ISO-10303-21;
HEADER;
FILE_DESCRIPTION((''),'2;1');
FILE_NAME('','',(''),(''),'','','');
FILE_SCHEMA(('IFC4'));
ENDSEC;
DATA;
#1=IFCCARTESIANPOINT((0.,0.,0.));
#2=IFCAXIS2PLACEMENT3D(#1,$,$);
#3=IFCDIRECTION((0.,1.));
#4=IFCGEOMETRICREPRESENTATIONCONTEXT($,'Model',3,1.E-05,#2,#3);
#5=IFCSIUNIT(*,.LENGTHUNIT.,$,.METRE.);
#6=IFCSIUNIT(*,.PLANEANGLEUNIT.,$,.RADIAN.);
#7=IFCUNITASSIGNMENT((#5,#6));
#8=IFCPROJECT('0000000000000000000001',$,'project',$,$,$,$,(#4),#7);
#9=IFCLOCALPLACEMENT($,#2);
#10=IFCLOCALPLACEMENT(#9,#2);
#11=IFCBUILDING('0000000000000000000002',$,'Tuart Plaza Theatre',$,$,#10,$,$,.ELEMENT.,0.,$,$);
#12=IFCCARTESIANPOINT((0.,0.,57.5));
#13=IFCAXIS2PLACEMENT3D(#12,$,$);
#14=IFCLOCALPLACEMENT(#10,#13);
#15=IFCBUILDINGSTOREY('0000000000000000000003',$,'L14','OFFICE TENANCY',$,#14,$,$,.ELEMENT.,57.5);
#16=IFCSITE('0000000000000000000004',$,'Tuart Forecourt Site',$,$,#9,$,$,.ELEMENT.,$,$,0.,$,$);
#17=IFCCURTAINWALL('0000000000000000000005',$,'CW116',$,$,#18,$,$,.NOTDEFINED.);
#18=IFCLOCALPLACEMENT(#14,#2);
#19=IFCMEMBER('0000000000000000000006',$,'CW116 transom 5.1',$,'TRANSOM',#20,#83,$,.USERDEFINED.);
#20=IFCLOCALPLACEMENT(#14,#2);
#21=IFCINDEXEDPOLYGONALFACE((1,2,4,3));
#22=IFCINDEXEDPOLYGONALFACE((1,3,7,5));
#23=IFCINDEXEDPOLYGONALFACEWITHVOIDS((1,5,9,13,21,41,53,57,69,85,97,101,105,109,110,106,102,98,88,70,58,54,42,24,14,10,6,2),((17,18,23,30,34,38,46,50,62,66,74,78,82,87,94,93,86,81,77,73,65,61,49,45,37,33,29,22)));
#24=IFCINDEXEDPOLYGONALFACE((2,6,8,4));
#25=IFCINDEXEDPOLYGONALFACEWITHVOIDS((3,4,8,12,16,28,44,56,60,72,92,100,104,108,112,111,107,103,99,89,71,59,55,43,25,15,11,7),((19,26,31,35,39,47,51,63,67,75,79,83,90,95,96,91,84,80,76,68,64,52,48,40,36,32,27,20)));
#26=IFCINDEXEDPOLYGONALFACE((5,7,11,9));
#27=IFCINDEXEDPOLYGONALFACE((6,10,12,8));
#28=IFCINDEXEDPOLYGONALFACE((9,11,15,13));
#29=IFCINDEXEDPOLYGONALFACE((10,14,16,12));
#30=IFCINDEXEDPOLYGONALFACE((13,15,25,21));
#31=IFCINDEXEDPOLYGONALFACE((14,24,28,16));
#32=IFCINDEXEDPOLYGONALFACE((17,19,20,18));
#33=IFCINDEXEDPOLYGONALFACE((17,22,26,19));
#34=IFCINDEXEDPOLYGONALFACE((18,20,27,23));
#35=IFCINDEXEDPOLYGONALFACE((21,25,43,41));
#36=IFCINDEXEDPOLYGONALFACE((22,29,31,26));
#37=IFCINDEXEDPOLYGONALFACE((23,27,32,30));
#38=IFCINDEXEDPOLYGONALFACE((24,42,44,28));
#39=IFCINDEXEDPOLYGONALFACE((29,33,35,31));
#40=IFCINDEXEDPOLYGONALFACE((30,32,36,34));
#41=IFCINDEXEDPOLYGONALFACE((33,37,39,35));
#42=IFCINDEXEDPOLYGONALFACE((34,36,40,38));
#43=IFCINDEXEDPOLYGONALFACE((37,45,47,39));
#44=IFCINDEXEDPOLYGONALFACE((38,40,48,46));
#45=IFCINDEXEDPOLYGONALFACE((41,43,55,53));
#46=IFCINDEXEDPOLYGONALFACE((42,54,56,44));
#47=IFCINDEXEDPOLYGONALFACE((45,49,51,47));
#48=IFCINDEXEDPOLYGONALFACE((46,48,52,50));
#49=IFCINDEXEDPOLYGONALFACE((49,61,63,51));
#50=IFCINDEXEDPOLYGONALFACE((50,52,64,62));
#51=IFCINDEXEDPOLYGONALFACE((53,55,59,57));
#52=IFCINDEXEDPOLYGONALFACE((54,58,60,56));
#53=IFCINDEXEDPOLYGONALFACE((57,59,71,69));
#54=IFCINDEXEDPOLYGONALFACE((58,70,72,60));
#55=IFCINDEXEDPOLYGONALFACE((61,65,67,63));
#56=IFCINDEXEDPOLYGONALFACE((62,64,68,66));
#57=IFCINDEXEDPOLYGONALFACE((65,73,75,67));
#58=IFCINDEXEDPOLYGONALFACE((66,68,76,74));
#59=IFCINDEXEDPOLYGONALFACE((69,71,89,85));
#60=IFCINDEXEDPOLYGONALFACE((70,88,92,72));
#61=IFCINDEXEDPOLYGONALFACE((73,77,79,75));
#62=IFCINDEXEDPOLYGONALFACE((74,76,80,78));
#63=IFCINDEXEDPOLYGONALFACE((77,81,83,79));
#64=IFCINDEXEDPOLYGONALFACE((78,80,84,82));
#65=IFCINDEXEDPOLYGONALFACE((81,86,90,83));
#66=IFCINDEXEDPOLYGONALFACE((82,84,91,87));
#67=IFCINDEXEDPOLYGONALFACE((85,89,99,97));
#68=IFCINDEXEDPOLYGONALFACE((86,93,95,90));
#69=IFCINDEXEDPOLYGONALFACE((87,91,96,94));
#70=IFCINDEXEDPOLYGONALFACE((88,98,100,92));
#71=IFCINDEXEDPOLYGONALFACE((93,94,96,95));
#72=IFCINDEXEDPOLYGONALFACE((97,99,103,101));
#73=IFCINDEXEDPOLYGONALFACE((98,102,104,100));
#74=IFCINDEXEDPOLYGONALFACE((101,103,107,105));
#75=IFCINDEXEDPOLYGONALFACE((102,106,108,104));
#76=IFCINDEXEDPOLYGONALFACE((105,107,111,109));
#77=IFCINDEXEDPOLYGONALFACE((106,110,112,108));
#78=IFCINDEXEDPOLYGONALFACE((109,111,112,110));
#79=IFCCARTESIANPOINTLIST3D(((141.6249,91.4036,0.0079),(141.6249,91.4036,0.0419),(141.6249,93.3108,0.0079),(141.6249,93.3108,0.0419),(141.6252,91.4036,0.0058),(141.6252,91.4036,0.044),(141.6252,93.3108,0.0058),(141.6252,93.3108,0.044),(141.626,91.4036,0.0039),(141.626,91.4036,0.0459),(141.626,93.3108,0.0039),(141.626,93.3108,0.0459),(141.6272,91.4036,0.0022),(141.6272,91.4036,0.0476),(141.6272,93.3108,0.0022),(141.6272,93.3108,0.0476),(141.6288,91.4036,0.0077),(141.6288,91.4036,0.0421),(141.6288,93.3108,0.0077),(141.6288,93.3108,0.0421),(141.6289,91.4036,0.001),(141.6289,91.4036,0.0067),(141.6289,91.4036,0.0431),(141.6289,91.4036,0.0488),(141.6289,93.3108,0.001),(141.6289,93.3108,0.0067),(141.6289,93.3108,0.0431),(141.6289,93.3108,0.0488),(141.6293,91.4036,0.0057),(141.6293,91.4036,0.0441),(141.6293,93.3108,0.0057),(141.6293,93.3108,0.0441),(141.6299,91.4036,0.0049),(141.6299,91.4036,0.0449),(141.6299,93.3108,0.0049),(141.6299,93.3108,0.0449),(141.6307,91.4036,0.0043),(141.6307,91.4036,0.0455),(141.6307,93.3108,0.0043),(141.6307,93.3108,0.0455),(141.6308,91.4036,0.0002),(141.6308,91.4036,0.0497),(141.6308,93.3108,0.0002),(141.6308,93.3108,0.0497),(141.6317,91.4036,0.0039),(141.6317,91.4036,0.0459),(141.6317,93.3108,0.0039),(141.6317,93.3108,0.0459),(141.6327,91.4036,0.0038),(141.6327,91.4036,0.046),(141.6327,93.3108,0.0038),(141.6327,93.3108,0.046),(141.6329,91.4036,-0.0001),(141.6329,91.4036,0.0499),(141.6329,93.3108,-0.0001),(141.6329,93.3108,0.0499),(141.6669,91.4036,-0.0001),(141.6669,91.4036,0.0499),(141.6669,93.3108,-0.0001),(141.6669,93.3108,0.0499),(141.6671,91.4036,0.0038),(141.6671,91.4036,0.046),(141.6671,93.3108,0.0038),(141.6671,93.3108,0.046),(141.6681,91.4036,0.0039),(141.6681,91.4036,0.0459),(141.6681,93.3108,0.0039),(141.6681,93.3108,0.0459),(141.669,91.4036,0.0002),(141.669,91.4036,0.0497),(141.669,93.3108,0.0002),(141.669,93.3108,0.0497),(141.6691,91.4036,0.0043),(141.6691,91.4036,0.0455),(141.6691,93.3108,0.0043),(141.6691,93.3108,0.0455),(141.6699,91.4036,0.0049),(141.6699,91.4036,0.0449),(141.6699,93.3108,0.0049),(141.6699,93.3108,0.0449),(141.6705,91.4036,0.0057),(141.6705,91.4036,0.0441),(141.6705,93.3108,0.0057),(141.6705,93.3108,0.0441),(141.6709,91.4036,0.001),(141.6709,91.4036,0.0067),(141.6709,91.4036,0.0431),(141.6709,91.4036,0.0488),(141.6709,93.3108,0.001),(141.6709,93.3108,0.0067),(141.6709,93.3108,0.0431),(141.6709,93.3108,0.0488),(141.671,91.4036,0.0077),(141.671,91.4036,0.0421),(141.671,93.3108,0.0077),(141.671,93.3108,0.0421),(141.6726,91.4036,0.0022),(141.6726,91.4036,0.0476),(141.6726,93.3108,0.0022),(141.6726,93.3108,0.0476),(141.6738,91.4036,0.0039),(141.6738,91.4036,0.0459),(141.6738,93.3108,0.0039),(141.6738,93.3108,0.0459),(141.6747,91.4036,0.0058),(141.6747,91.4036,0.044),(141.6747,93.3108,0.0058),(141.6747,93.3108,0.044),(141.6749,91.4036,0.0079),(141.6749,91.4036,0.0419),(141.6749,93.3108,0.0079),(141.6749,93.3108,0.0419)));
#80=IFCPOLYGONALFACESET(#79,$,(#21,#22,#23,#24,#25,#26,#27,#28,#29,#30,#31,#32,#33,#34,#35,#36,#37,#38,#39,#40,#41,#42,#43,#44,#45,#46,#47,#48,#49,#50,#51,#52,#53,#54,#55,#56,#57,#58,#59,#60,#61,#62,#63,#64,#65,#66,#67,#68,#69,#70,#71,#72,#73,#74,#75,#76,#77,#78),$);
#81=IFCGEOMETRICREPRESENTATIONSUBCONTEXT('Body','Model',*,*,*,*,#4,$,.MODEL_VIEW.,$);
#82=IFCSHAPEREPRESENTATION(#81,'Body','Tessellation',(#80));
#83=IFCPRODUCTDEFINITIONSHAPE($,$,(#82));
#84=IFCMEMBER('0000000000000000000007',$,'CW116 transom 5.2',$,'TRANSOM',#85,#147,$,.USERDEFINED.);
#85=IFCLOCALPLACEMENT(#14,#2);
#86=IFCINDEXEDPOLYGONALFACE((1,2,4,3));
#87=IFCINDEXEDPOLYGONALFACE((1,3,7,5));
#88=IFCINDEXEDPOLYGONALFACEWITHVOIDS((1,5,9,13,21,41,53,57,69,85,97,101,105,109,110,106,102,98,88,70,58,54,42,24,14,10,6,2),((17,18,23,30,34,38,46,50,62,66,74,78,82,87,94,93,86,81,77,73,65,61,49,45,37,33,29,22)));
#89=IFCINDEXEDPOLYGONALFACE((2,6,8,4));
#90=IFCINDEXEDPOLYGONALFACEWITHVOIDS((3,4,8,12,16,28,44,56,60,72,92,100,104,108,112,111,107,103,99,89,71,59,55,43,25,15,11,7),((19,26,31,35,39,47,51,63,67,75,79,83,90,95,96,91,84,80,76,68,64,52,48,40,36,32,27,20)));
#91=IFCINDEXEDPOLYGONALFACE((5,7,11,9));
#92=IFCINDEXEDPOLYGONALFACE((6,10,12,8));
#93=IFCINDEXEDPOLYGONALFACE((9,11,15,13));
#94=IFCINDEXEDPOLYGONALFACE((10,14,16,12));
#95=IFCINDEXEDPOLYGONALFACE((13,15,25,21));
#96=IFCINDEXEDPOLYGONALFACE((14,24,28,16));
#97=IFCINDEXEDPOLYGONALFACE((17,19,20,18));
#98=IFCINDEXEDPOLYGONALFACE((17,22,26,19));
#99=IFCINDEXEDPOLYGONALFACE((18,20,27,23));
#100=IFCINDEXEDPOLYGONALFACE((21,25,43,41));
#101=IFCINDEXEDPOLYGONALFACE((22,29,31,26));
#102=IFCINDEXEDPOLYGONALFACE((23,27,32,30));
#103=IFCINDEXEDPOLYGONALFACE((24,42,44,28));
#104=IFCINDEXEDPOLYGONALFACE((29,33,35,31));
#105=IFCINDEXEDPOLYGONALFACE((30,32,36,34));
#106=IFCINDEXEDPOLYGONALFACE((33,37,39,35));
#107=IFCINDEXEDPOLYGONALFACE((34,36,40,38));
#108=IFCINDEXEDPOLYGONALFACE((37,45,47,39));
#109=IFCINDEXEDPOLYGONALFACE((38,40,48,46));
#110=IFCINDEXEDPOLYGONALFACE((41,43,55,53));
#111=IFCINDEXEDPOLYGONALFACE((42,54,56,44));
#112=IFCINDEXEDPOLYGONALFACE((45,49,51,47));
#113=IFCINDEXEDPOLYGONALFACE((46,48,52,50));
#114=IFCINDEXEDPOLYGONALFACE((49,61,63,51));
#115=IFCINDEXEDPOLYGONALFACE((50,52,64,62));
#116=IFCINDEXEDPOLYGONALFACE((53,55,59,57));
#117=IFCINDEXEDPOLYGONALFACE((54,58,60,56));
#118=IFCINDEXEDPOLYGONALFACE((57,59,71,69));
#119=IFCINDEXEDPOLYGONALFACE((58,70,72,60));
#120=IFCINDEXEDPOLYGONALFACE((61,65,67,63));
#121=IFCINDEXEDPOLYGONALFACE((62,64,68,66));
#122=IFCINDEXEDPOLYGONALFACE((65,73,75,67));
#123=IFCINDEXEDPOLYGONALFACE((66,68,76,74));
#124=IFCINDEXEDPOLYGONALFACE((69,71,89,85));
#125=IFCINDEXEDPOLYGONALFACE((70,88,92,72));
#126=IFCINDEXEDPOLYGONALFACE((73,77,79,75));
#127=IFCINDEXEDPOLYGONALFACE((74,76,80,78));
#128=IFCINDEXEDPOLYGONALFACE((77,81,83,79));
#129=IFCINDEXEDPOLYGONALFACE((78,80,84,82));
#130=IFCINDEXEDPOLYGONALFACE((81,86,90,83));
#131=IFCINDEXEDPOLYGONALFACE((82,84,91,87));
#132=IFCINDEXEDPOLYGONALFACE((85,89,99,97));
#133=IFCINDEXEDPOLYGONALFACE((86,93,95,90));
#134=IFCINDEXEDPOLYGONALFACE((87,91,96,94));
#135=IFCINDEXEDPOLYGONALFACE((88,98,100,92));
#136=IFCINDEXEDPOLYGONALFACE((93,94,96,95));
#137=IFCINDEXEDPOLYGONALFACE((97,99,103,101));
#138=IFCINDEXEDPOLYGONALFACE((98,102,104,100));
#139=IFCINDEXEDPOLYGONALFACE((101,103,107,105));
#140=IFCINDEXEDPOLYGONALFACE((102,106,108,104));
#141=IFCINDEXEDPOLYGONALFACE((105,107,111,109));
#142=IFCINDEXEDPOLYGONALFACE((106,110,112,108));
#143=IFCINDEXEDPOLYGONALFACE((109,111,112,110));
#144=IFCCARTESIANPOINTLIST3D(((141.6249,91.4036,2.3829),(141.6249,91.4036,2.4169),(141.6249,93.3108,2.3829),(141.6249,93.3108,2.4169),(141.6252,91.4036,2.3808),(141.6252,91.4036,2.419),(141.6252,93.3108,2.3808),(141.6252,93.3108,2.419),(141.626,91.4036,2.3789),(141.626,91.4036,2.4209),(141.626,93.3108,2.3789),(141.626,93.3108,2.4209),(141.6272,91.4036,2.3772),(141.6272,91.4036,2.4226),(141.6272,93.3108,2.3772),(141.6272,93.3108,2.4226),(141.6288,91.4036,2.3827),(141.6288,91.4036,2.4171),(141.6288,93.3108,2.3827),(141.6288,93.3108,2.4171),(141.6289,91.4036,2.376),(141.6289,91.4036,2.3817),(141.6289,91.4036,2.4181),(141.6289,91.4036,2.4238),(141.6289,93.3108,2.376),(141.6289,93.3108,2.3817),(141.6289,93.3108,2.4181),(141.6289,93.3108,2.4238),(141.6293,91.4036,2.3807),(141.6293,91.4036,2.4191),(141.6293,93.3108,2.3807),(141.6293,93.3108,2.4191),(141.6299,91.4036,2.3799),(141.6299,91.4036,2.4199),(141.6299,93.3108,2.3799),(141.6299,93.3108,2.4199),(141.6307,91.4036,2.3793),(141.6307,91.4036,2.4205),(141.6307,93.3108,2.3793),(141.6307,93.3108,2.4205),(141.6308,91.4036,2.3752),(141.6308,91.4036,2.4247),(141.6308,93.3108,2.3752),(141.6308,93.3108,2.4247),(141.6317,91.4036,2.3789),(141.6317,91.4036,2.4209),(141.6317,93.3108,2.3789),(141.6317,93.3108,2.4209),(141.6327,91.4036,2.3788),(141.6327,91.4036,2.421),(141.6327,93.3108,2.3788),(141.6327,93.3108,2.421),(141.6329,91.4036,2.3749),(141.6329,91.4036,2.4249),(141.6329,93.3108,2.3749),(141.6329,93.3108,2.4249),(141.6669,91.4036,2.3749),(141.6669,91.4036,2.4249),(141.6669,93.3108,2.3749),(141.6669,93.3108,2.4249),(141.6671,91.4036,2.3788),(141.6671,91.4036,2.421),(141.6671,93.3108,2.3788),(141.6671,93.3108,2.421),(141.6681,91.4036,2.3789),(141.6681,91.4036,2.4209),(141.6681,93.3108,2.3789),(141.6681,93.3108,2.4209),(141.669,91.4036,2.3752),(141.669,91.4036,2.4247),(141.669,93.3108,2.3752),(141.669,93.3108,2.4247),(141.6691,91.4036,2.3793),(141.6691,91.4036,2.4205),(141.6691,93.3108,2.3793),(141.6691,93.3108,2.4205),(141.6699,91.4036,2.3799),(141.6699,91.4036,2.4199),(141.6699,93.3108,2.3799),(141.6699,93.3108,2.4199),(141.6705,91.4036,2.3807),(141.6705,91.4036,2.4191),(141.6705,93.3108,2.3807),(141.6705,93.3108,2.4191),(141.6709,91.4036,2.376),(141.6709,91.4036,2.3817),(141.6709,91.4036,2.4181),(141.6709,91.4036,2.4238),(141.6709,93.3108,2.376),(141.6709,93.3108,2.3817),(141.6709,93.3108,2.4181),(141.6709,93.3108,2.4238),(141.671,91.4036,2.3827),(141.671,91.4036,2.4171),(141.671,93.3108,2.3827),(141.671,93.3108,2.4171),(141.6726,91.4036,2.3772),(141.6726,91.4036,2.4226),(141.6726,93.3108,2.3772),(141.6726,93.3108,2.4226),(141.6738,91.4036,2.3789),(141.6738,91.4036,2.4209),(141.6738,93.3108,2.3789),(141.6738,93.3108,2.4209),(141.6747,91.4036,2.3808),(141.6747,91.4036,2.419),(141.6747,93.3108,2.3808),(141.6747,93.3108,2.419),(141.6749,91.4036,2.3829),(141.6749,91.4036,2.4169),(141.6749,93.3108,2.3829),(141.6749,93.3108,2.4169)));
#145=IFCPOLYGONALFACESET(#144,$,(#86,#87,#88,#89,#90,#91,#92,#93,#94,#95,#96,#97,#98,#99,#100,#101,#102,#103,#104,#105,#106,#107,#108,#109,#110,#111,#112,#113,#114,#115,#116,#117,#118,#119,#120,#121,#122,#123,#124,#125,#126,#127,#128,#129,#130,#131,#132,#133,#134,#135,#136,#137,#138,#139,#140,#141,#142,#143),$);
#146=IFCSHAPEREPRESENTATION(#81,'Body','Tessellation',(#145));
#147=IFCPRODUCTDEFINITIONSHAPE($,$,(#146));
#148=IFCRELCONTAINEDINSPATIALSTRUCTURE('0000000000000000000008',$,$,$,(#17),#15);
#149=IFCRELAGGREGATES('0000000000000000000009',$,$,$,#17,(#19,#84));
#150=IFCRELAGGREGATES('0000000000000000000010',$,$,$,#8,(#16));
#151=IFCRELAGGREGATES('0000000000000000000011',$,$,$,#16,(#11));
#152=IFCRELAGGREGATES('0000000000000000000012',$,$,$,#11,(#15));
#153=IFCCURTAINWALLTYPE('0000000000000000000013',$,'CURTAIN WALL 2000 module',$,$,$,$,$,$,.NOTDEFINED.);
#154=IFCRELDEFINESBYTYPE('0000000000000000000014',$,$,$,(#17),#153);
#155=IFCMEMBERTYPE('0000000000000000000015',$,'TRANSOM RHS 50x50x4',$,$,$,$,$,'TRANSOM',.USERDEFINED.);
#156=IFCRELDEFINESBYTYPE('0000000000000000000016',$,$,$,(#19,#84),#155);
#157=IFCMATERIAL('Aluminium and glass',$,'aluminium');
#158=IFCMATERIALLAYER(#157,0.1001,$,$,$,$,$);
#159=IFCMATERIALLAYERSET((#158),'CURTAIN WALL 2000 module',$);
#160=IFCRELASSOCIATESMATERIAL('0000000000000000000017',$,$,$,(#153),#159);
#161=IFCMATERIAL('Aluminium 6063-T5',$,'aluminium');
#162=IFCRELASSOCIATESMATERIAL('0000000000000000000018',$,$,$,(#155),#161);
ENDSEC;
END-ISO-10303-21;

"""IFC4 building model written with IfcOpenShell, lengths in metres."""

from ifc_helpers import new_model, si_unit, direction, frame, origin, origin_2d, place, context, subcontext, project, spatial, hollow_rectangle, extrude, material, layer, layer_set, material_profile, profile_set, type_object, element, aggregate, save


model = new_model("IFC4")

# Units and contexts
model_context = context("Model", 3, precision=1e-05, world=origin(), true_north=direction((0.0, 1.0)))
body_context = subcontext(model_context, "Body", "Model", "MODEL_VIEW")
ifc_project = project(units=[si_unit("LENGTHUNIT", "METRE"), si_unit("PLANEANGLEUNIT", "RADIAN")], contexts=[model_context])

# Site, building, storey
site_placement = place(None, origin())
site = spatial("IfcSite", under=ifc_project, at=site_placement, Name="Tuart Forecourt Site", CompositionType="ELEMENT", RefElevation=0.0)
building_placement = place(site_placement, origin())
building = spatial("IfcBuilding", under=site, at=building_placement, Name="Tuart Plaza Theatre", CompositionType="ELEMENT", ElevationOfRefHeight=0.0)
storey_placement = place(building_placement, frame((0.0, 0.0, 57.5)))
storey = spatial("IfcBuildingStorey", under=building, at=storey_placement, Name="L14", Description="OFFICE TENANCY", CompositionType="ELEMENT", Elevation=57.5)

# Curtain wall, members
ifc_material_1 = material(Name="Aluminium and glass", Category="aluminium")
ifc_layer_1 = layer(ifc_material_1, 0.1001)
ifc_layer_set_1 = layer_set([ifc_layer_1], Name="CURTAIN WALL 2000 module")
curtain_wall_type = type_object("IfcCurtainWallType", Name="CURTAIN WALL 2000 module", PredefinedType="NOTDEFINED", material=ifc_layer_set_1)
curtain_wall_placement = place(storey_placement, origin())
curtain_wall = element("IfcCurtainWall", 1, at=curtain_wall_placement, inside=storey, type_object=curtain_wall_type, Name="CW116", PredefinedType="NOTDEFINED")
ifc_material_2 = material(Name="Aluminium 6063-T5", Category="aluminium")
ifc_material_profile_1 = material_profile(ifc_material_2, hollow_rectangle(XDim=0.05, YDim=0.05, WallThickness=0.0039, InnerFilletRadius=0.0039, OuterFilletRadius=0.0081, at=origin_2d()), Name="RHS 50x50x4")
ifc_profile_set_1 = profile_set([ifc_material_profile_1], Name="Aluminium 6063-T5")
member_type_1 = type_object("IfcMemberType", Name="TRANSOM RHS 50x50x4", ElementType="TRANSOM", PredefinedType="USERDEFINED", material=ifc_profile_set_1)
member_1_placement = place(storey_placement, frame((141.6499, 91.4036, 0.0249), z_axis=(0.0, 1.0, 0.0), x_axis=(-1.0, 0.0, 0.0)))
member_1 = element("IfcMember", 2, at=member_1_placement, type_object=member_type_1, Name="CW116 transom 5.1", ObjectType="TRANSOM", PredefinedType="USERDEFINED", context=body_context, shape_type="SweptSolid", body=[
    extrude(hollow_rectangle(XDim=0.05, YDim=0.05, WallThickness=0.0039, InnerFilletRadius=0.0039, OuterFilletRadius=0.0081, at=origin_2d()), origin(), (0.0, 0.0, 1.0), 1.9072),
])
member_2_placement = place(storey_placement, frame((141.6499, 91.4036, 2.3999), z_axis=(0.0, 1.0, 0.0), x_axis=(-1.0, 0.0, 0.0)))
member_2 = element("IfcMember", 3, at=member_2_placement, type_object=member_type_1, Name="CW116 transom 5.2", ObjectType="TRANSOM", PredefinedType="USERDEFINED", context=body_context, shape_type="SweptSolid", body=[
    extrude(hollow_rectangle(XDim=0.05, YDim=0.05, WallThickness=0.0039, InnerFilletRadius=0.0039, OuterFilletRadius=0.0081, at=origin_2d()), origin(), (0.0, 0.0, 1.0), 1.9072),
])
aggregate(curtain_wall, [member_1, member_2])

save(model, "model.ifc")
